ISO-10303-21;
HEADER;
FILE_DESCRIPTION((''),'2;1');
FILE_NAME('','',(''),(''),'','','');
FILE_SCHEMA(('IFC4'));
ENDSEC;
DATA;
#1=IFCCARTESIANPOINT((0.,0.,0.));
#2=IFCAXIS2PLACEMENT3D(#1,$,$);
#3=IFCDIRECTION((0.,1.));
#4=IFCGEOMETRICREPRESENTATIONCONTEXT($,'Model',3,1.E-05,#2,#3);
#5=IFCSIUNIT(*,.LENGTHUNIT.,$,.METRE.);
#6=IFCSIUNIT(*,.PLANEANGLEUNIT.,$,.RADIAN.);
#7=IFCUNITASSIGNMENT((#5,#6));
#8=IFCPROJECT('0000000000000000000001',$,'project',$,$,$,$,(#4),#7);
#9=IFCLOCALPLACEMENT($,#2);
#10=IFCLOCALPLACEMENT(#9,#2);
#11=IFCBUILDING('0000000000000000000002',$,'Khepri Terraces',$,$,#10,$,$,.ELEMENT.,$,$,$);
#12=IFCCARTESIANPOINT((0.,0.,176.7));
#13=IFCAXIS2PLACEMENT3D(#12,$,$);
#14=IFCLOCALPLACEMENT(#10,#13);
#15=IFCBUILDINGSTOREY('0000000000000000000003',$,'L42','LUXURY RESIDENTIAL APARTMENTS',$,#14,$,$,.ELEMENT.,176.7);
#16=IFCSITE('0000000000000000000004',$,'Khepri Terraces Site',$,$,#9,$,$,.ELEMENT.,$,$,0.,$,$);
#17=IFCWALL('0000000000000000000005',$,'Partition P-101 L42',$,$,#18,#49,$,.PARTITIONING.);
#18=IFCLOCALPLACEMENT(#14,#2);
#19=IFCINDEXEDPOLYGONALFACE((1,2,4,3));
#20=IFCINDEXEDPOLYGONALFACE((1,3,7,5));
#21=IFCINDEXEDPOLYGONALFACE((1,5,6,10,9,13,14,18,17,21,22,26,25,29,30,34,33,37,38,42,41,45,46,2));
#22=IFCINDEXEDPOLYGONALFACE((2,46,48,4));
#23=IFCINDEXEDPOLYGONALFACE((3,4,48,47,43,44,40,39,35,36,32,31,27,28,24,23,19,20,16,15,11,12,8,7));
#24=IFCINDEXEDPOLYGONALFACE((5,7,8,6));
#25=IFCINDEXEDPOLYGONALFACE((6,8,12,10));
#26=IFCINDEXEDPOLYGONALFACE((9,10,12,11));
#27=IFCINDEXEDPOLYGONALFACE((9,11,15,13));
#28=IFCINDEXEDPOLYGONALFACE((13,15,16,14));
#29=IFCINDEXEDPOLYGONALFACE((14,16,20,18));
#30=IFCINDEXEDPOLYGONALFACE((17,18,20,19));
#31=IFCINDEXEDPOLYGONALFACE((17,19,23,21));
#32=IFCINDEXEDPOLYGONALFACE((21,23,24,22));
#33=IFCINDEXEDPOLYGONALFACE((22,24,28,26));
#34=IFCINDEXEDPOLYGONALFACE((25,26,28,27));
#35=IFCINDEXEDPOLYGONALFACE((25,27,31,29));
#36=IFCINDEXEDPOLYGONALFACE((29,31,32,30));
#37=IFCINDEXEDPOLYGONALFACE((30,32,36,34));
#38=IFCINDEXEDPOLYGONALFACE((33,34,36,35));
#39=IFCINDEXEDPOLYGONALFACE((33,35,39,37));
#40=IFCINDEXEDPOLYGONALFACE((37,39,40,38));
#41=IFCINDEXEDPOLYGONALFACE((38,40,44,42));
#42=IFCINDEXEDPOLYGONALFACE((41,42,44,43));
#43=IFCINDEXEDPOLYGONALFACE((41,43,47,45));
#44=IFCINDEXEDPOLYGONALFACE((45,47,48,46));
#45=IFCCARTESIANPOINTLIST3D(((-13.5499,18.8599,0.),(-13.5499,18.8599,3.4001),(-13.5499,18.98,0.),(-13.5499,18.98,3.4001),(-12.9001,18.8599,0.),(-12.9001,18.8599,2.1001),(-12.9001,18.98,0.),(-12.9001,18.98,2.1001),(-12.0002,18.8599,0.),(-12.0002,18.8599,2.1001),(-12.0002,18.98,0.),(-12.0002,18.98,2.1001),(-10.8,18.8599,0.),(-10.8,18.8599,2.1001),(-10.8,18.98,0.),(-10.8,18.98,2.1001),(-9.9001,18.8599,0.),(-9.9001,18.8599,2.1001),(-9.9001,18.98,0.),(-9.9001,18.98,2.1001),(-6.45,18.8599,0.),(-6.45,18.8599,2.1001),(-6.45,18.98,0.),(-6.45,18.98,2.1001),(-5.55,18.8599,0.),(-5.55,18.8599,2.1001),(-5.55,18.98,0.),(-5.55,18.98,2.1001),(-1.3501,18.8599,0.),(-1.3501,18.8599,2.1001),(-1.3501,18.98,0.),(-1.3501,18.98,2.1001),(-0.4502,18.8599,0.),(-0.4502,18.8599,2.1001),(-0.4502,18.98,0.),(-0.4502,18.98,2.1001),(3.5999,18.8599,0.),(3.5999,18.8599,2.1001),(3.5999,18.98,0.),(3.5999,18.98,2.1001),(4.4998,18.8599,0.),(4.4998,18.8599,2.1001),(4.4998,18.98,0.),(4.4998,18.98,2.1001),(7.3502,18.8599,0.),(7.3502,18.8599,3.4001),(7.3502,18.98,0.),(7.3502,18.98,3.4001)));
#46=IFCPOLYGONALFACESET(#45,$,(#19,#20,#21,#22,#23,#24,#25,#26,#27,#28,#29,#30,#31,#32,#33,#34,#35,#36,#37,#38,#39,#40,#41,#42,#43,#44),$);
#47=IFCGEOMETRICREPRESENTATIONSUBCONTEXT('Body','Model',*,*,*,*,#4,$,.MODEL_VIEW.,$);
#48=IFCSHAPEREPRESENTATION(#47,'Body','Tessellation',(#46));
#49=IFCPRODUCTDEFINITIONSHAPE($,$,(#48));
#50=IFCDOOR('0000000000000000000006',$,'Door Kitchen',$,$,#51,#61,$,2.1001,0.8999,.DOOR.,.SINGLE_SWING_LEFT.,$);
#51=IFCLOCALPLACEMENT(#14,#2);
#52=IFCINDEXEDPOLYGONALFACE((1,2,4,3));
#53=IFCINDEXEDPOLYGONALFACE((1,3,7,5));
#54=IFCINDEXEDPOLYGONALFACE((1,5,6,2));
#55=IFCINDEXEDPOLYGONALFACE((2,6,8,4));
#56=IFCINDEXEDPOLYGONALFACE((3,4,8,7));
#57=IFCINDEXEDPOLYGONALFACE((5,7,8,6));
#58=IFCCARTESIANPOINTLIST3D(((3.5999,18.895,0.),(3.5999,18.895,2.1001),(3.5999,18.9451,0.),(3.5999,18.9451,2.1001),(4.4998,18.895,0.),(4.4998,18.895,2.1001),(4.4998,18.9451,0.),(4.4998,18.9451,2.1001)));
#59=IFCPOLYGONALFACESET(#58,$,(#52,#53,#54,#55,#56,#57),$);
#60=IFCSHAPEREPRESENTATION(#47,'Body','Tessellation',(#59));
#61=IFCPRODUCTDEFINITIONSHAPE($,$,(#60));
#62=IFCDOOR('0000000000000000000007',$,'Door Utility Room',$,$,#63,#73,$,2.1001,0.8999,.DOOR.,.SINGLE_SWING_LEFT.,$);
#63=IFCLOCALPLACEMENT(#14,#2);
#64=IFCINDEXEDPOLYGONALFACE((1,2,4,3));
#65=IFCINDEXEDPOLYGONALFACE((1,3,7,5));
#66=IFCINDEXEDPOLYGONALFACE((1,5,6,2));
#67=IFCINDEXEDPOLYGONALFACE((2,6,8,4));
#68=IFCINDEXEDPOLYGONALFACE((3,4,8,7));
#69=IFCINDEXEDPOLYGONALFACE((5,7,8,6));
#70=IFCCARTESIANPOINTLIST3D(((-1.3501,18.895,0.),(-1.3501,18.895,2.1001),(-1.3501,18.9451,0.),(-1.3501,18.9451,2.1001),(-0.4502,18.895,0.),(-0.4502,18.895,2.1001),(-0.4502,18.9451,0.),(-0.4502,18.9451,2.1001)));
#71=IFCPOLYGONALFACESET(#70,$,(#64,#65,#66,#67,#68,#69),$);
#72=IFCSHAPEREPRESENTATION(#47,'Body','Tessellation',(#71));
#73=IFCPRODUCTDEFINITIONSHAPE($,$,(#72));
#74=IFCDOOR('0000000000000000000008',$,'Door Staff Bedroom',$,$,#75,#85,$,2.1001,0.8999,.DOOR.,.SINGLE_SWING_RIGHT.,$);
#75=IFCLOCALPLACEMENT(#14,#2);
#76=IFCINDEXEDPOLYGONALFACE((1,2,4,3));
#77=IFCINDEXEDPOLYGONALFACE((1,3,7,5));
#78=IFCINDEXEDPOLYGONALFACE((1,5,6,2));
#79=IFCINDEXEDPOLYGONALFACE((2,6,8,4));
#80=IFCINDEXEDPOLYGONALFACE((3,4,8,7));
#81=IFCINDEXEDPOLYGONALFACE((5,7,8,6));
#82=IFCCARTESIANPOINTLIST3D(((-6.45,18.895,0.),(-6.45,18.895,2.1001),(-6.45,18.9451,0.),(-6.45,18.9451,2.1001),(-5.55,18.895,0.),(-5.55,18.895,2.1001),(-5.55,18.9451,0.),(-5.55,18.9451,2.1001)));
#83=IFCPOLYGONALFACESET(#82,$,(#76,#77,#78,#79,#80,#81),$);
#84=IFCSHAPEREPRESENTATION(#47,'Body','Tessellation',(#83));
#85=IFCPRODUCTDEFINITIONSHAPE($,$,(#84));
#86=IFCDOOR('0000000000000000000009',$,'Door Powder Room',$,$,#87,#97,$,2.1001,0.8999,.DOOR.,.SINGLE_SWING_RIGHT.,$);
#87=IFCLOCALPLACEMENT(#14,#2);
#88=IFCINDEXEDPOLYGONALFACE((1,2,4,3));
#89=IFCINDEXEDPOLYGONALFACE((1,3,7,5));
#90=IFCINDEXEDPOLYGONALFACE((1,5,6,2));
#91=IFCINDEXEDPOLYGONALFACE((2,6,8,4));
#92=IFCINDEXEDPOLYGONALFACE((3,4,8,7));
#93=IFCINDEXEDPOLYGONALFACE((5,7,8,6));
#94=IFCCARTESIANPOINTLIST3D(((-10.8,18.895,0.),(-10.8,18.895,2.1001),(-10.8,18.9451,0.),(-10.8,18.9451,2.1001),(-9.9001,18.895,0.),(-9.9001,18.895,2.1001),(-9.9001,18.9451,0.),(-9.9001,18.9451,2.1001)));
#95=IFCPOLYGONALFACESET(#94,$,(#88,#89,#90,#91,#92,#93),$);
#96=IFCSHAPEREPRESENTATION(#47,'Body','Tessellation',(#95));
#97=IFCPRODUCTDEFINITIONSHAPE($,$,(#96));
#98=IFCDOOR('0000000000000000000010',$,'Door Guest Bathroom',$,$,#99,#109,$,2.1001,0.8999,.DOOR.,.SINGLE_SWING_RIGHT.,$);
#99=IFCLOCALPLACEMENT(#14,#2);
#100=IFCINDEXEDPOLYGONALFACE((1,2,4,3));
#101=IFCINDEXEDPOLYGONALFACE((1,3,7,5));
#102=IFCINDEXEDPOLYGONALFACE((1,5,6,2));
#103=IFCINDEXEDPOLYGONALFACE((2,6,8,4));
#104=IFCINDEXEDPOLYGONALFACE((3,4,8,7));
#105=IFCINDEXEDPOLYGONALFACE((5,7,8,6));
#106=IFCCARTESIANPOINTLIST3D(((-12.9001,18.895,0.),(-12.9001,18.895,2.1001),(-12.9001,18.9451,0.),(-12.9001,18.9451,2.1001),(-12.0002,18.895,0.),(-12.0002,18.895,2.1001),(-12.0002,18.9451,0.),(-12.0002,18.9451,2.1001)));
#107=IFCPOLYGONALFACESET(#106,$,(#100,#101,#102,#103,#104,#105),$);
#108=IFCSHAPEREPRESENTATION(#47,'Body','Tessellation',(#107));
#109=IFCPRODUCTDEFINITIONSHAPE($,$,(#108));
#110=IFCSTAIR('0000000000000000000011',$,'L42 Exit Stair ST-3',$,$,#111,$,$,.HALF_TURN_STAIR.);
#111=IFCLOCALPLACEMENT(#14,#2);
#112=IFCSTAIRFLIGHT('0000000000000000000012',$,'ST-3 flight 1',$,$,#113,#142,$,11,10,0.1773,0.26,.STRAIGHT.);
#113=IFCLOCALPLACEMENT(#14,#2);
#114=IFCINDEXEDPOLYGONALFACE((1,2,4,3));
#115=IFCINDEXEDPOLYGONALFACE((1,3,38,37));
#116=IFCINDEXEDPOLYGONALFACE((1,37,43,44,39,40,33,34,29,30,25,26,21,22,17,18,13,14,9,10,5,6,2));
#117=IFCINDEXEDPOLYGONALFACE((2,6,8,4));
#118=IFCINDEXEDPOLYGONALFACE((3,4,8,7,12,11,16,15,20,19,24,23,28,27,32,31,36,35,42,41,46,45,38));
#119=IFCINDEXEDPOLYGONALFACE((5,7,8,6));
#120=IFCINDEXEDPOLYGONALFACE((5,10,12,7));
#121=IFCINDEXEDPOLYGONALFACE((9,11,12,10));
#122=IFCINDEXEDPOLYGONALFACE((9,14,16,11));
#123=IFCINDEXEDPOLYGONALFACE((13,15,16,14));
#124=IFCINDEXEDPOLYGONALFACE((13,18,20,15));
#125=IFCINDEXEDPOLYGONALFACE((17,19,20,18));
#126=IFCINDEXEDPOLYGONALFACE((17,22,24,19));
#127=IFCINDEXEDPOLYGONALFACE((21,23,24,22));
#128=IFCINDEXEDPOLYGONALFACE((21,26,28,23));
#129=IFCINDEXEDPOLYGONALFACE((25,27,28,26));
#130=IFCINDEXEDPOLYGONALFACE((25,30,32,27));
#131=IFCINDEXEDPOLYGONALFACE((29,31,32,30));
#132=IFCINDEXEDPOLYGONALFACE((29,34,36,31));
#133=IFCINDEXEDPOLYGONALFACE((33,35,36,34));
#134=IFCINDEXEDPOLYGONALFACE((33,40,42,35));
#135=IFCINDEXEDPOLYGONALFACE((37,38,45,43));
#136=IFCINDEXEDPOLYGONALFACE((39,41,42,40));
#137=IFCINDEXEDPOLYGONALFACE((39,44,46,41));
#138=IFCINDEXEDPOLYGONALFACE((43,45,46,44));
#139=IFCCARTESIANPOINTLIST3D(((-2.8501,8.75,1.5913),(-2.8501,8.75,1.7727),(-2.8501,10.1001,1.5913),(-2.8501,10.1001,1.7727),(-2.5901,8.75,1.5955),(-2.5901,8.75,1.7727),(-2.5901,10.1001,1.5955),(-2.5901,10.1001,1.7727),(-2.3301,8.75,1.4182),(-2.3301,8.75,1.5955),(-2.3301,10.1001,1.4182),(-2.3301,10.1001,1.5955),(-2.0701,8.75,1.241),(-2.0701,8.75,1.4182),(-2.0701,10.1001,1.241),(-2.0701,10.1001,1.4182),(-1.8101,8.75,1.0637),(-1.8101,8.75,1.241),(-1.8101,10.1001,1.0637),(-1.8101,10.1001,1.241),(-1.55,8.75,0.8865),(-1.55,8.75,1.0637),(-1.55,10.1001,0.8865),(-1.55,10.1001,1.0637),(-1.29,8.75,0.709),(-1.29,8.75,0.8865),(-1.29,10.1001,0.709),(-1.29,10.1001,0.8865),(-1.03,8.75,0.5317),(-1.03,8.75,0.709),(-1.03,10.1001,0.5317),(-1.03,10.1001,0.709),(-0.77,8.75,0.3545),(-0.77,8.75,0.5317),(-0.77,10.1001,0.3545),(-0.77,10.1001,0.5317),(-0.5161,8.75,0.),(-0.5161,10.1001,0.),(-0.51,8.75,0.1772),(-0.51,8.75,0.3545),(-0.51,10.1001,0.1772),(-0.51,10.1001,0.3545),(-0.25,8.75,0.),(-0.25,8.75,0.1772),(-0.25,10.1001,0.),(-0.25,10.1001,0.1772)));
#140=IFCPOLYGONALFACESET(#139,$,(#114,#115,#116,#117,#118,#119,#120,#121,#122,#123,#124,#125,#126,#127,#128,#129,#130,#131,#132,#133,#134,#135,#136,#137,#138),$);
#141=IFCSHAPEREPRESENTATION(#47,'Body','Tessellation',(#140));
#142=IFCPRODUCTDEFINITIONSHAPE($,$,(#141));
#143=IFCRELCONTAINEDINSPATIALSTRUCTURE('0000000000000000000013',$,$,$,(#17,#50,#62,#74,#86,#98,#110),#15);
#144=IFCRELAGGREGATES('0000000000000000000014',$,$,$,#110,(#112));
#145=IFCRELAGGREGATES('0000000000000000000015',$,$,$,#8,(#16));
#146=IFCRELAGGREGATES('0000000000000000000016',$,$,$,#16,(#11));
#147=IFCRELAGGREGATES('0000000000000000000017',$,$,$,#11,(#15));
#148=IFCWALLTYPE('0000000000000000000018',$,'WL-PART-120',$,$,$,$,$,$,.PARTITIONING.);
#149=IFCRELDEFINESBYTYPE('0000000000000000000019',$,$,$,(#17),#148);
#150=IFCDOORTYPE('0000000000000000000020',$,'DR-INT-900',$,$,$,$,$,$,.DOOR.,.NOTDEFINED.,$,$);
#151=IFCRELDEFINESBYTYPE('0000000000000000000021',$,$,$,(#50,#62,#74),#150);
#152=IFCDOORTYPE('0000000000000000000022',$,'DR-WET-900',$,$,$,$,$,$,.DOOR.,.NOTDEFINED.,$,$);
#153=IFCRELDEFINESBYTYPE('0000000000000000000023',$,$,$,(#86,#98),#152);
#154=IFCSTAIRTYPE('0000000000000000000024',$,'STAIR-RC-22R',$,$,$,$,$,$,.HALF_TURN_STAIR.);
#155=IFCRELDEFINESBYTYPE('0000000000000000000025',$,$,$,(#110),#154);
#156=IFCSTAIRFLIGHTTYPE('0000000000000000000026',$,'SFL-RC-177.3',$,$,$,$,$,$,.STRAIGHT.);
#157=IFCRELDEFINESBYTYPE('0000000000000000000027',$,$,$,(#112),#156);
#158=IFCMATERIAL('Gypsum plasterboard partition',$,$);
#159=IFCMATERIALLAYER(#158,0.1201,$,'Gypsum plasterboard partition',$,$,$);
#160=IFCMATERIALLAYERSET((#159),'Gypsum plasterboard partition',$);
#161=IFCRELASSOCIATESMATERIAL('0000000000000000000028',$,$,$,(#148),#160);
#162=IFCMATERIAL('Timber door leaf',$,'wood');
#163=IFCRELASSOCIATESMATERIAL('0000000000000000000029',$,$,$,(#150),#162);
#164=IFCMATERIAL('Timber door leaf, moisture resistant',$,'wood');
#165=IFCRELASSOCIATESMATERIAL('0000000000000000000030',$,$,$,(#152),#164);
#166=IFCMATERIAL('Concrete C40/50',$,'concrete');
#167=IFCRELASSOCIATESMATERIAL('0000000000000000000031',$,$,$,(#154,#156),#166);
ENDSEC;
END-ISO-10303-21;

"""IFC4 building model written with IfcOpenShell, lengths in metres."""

from ifc_helpers import new_model, si_unit, direction, frame, frame_2d, origin, place, context, subcontext, project, spatial, polyline, rectangle, outline, extrude, material, layer, layer_set, type_object, element, fill, aggregate, save


model = new_model("IFC4")

# Units and contexts
model_context = context("Model", 3, precision=1e-05, world=origin(), true_north=direction((0.0, 1.0)))
body_context = subcontext(model_context, "Body", "Model", "MODEL_VIEW")
ifc_project = project(units=[si_unit("LENGTHUNIT", "METRE"), si_unit("PLANEANGLEUNIT", "RADIAN")], contexts=[model_context])

# Site, building, storey
site_placement = place(None, origin())
site = spatial("IfcSite", under=ifc_project, at=site_placement, Name="Khepri Terraces Site", CompositionType="ELEMENT", RefElevation=0.0)
building_placement = place(site_placement, origin())
building = spatial("IfcBuilding", under=site, at=building_placement, Name="Khepri Terraces", CompositionType="ELEMENT")
storey_placement = place(building_placement, frame((0.0, 0.0, 176.7)))
storey = spatial("IfcBuildingStorey", under=building, at=storey_placement, Name="L42", Description="LUXURY RESIDENTIAL APARTMENTS", CompositionType="ELEMENT", Elevation=176.7)

# Shared definitions
ifc_material_1 = material(Name="Gypsum plasterboard partition")
ifc_layer_1 = layer(ifc_material_1, 0.1201, Name="Gypsum plasterboard partition")
ifc_layer_set_1 = layer_set([ifc_layer_1], Name="Gypsum plasterboard partition")
wall_type_1 = type_object("IfcWallType", Name="WL-PART-120", PredefinedType="PARTITIONING", material=ifc_layer_set_1)

# Wall, openings, doors
wall_1_placement = place(storey_placement, frame((-13.55, 18.9199, 0.0), z_axis=(0.0, 0.0, 1.0), x_axis=(1.0, 0.0, 0.0)))
wall_1 = element("IfcWall", 1, at=wall_1_placement, inside=storey, type_object=wall_type_1, Name="Partition P-101 L42", PredefinedType="PARTITIONING", context=body_context, shape_type="SweptSolid", body=[
    extrude(rectangle(XDim=20.9001, YDim=0.1201, at=frame_2d((10.4502, 0.0))), origin(), (0.0, 0.0, 1.0), 3.4001),
])
opening_1_placement = place(wall_1_placement, frame((17.1499, 0.0, 0.0)))
opening_1 = element("IfcOpeningElement", 2, at=opening_1_placement, cuts=wall_1, PredefinedType="OPENING", context=body_context, shape_type="SweptSolid", body=[
    extrude(rectangle(XDim=0.8999, YDim=2.1001, at=frame_2d((0.45, 1.05))), frame((0.0, 0.0701, 0.0), z_axis=(0.0, -1.0, 0.0), x_axis=(1.0, 0.0, 0.0)), (0.0, 0.0, 1.0), 0.1401),
])
opening_2_placement = place(wall_1_placement, frame((12.2, 0.0, 0.0)))
opening_2 = element("IfcOpeningElement", 3, at=opening_2_placement, cuts=wall_1, PredefinedType="OPENING", context=body_context, shape_type="SweptSolid", body=[
    extrude(rectangle(XDim=0.8999, YDim=2.1001, at=frame_2d((0.45, 1.05))), frame((0.0, 0.0701, 0.0), z_axis=(0.0, -1.0, 0.0), x_axis=(1.0, 0.0, 0.0)), (0.0, 0.0, 1.0), 0.1401),
])
opening_3_placement = place(wall_1_placement, frame((7.1001, 0.0, 0.0)))
opening_3 = element("IfcOpeningElement", 4, at=opening_3_placement, cuts=wall_1, PredefinedType="OPENING", context=body_context, shape_type="SweptSolid", body=[
    extrude(rectangle(XDim=0.8999, YDim=2.1001, at=frame_2d((0.45, 1.05))), frame((0.0, 0.0701, 0.0), z_axis=(0.0, -1.0, 0.0), x_axis=(1.0, 0.0, 0.0)), (0.0, 0.0, 1.0), 0.1401),
])
opening_4_placement = place(wall_1_placement, frame((2.75, 0.0, 0.0)))
opening_4 = element("IfcOpeningElement", 5, at=opening_4_placement, cuts=wall_1, PredefinedType="OPENING", context=body_context, shape_type="SweptSolid", body=[
    extrude(rectangle(XDim=0.8999, YDim=2.1001, at=frame_2d((0.45, 1.05))), frame((0.0, 0.0701, 0.0), z_axis=(0.0, -1.0, 0.0), x_axis=(1.0, 0.0, 0.0)), (0.0, 0.0, 1.0), 0.1401),
])
opening_5_placement = place(wall_1_placement, frame((0.6499, 0.0, 0.0)))
opening_5 = element("IfcOpeningElement", 6, at=opening_5_placement, cuts=wall_1, PredefinedType="OPENING", context=body_context, shape_type="SweptSolid", body=[
    extrude(rectangle(XDim=0.8999, YDim=2.1001, at=frame_2d((0.45, 1.05))), frame((0.0, 0.0701, 0.0), z_axis=(0.0, -1.0, 0.0), x_axis=(1.0, 0.0, 0.0)), (0.0, 0.0, 1.0), 0.1401),
])
ifc_material_2 = material(Name="Timber door leaf", Category="wood")
door_type_1 = type_object("IfcDoorType", Name="DR-INT-900", OperationType="NOTDEFINED", PredefinedType="DOOR", material=ifc_material_2)
door_1_placement = place(opening_1_placement, frame((0.8999, 0.0, 0.0), z_axis=(0.0, 0.0, 1.0), x_axis=(-1.0, 0.0, 0.0)))
door_1 = element("IfcDoor", 7, at=door_1_placement, inside=storey, type_object=door_type_1, Name="Door Kitchen", OperationType="SINGLE_SWING_LEFT", OverallHeight=2.1001, OverallWidth=0.8999, PredefinedType="DOOR", context=body_context, shape_type="SweptSolid", body=[
    extrude(rectangle(XDim=0.8999, YDim=2.1001, at=frame_2d((0.45, 1.05))), frame((0.0, 0.0249, 0.0), z_axis=(0.0, -1.0, 0.0), x_axis=(1.0, 0.0, 0.0)), (0.0, 0.0, 1.0), 0.05),
])
fill(opening_1, door_1)
door_2_placement = place(opening_2_placement, frame((0.8999, 0.0, 0.0), z_axis=(0.0, 0.0, 1.0), x_axis=(-1.0, 0.0, 0.0)))
door_2 = element("IfcDoor", 8, at=door_2_placement, inside=storey, type_object=door_type_1, Name="Door Utility Room", OperationType="SINGLE_SWING_LEFT", OverallHeight=2.1001, OverallWidth=0.8999, PredefinedType="DOOR", context=body_context, shape_type="SweptSolid", body=[
    extrude(rectangle(XDim=0.8999, YDim=2.1001, at=frame_2d((0.45, 1.05))), frame((0.0, 0.0249, 0.0), z_axis=(0.0, -1.0, 0.0), x_axis=(1.0, 0.0, 0.0)), (0.0, 0.0, 1.0), 0.05),
])
fill(opening_2, door_2)
door_3_placement = place(opening_3_placement, frame((0.8999, 0.0, 0.0), z_axis=(0.0, 0.0, 1.0), x_axis=(-1.0, 0.0, 0.0)))
door_3 = element("IfcDoor", 9, at=door_3_placement, inside=storey, type_object=door_type_1, Name="Door Staff Bedroom", OperationType="SINGLE_SWING_RIGHT", OverallHeight=2.1001, OverallWidth=0.8999, PredefinedType="DOOR", context=body_context, shape_type="SweptSolid", body=[
    extrude(rectangle(XDim=0.8999, YDim=2.1001, at=frame_2d((0.45, 1.05))), frame((0.0, 0.0249, 0.0), z_axis=(0.0, -1.0, 0.0), x_axis=(1.0, 0.0, 0.0)), (0.0, 0.0, 1.0), 0.05),
])
fill(opening_3, door_3)
ifc_material_3 = material(Name="Timber door leaf, moisture resistant", Category="wood")
door_type_2 = type_object("IfcDoorType", Name="DR-WET-900", OperationType="NOTDEFINED", PredefinedType="DOOR", material=ifc_material_3)
door_4_placement = place(opening_4_placement, frame((0.8999, 0.0, 0.0), z_axis=(0.0, 0.0, 1.0), x_axis=(-1.0, 0.0, 0.0)))
door_4 = element("IfcDoor", 10, at=door_4_placement, inside=storey, type_object=door_type_2, Name="Door Powder Room", OperationType="SINGLE_SWING_RIGHT", OverallHeight=2.1001, OverallWidth=0.8999, PredefinedType="DOOR", context=body_context, shape_type="SweptSolid", body=[
    extrude(rectangle(XDim=0.8999, YDim=2.1001, at=frame_2d((0.45, 1.05))), frame((0.0, 0.0249, 0.0), z_axis=(0.0, -1.0, 0.0), x_axis=(1.0, 0.0, 0.0)), (0.0, 0.0, 1.0), 0.05),
])
fill(opening_4, door_4)
door_5_placement = place(opening_5_placement, frame((0.8999, 0.0, 0.0), z_axis=(0.0, 0.0, 1.0), x_axis=(-1.0, 0.0, 0.0)))
door_5 = element("IfcDoor", 11, at=door_5_placement, inside=storey, type_object=door_type_2, Name="Door Guest Bathroom", OperationType="SINGLE_SWING_RIGHT", OverallHeight=2.1001, OverallWidth=0.8999, PredefinedType="DOOR", context=body_context, shape_type="SweptSolid", body=[
    extrude(rectangle(XDim=0.8999, YDim=2.1001, at=frame_2d((0.45, 1.05))), frame((0.0, 0.0249, 0.0), z_axis=(0.0, -1.0, 0.0), x_axis=(1.0, 0.0, 0.0)), (0.0, 0.0, 1.0), 0.05),
])
fill(opening_5, door_5)

# Stair, stair flight
ifc_material_4 = material(Name="Concrete C40/50", Category="concrete")
stair_type = type_object("IfcStairType", Name="STAIR-RC-22R", PredefinedType="HALF_TURN_STAIR", material=ifc_material_4)
stair_placement = place(storey_placement, origin())
stair = element("IfcStair", 12, at=stair_placement, inside=storey, type_object=stair_type, Name="L42 Exit Stair ST-3", PredefinedType="HALF_TURN_STAIR")
stair_flight_type = type_object("IfcStairFlightType", Name="SFL-RC-177.3", PredefinedType="STRAIGHT", material=ifc_material_4)
stair_flight_placement = place(storey_placement, frame((-0.25, 9.425, 0.0), z_axis=(0.0, 0.0, 1.0), x_axis=(-1.0, 0.0, 0.0)))
stair_flight = element("IfcStairFlight", 13, at=stair_flight_placement, type_object=stair_flight_type, Name="ST-3 flight 1", NumberOfRisers=11, NumberOfTreads=10, PredefinedType="STRAIGHT", RiserHeight=0.1773, TreadLength=0.26, context=body_context, shape_type="SweptSolid", body=[
    extrude(outline(polyline([(0.0, 0.0), (0.0, 0.1772), (0.26, 0.1772), (0.26, 0.3545), (0.52, 0.3545), (0.52, 0.5317), (0.78, 0.5317), (0.78, 0.709), (1.04, 0.709), (1.04, 0.8865), (1.3, 0.8865), (1.3, 1.0637), (1.5601, 1.0637), (1.5601, 1.241), (1.8201, 1.241), (1.8201, 1.4182), (2.0801, 1.4182), (2.0801, 1.5955), (2.3401, 1.5955), (2.3401, 1.7727), (2.6001, 1.7727), (2.6001, 1.95), (2.6001, 1.5913), (0.2661, 0.0), (0.0, 0.0)])), frame((0.0, 0.675, 0.0), z_axis=(0.0, -1.0, 0.0), x_axis=(1.0, 0.0, 0.0)), (0.0, 0.0, 1.0), 1.3501),
])
aggregate(stair, [stair_flight])

save(model, "model.ifc")
